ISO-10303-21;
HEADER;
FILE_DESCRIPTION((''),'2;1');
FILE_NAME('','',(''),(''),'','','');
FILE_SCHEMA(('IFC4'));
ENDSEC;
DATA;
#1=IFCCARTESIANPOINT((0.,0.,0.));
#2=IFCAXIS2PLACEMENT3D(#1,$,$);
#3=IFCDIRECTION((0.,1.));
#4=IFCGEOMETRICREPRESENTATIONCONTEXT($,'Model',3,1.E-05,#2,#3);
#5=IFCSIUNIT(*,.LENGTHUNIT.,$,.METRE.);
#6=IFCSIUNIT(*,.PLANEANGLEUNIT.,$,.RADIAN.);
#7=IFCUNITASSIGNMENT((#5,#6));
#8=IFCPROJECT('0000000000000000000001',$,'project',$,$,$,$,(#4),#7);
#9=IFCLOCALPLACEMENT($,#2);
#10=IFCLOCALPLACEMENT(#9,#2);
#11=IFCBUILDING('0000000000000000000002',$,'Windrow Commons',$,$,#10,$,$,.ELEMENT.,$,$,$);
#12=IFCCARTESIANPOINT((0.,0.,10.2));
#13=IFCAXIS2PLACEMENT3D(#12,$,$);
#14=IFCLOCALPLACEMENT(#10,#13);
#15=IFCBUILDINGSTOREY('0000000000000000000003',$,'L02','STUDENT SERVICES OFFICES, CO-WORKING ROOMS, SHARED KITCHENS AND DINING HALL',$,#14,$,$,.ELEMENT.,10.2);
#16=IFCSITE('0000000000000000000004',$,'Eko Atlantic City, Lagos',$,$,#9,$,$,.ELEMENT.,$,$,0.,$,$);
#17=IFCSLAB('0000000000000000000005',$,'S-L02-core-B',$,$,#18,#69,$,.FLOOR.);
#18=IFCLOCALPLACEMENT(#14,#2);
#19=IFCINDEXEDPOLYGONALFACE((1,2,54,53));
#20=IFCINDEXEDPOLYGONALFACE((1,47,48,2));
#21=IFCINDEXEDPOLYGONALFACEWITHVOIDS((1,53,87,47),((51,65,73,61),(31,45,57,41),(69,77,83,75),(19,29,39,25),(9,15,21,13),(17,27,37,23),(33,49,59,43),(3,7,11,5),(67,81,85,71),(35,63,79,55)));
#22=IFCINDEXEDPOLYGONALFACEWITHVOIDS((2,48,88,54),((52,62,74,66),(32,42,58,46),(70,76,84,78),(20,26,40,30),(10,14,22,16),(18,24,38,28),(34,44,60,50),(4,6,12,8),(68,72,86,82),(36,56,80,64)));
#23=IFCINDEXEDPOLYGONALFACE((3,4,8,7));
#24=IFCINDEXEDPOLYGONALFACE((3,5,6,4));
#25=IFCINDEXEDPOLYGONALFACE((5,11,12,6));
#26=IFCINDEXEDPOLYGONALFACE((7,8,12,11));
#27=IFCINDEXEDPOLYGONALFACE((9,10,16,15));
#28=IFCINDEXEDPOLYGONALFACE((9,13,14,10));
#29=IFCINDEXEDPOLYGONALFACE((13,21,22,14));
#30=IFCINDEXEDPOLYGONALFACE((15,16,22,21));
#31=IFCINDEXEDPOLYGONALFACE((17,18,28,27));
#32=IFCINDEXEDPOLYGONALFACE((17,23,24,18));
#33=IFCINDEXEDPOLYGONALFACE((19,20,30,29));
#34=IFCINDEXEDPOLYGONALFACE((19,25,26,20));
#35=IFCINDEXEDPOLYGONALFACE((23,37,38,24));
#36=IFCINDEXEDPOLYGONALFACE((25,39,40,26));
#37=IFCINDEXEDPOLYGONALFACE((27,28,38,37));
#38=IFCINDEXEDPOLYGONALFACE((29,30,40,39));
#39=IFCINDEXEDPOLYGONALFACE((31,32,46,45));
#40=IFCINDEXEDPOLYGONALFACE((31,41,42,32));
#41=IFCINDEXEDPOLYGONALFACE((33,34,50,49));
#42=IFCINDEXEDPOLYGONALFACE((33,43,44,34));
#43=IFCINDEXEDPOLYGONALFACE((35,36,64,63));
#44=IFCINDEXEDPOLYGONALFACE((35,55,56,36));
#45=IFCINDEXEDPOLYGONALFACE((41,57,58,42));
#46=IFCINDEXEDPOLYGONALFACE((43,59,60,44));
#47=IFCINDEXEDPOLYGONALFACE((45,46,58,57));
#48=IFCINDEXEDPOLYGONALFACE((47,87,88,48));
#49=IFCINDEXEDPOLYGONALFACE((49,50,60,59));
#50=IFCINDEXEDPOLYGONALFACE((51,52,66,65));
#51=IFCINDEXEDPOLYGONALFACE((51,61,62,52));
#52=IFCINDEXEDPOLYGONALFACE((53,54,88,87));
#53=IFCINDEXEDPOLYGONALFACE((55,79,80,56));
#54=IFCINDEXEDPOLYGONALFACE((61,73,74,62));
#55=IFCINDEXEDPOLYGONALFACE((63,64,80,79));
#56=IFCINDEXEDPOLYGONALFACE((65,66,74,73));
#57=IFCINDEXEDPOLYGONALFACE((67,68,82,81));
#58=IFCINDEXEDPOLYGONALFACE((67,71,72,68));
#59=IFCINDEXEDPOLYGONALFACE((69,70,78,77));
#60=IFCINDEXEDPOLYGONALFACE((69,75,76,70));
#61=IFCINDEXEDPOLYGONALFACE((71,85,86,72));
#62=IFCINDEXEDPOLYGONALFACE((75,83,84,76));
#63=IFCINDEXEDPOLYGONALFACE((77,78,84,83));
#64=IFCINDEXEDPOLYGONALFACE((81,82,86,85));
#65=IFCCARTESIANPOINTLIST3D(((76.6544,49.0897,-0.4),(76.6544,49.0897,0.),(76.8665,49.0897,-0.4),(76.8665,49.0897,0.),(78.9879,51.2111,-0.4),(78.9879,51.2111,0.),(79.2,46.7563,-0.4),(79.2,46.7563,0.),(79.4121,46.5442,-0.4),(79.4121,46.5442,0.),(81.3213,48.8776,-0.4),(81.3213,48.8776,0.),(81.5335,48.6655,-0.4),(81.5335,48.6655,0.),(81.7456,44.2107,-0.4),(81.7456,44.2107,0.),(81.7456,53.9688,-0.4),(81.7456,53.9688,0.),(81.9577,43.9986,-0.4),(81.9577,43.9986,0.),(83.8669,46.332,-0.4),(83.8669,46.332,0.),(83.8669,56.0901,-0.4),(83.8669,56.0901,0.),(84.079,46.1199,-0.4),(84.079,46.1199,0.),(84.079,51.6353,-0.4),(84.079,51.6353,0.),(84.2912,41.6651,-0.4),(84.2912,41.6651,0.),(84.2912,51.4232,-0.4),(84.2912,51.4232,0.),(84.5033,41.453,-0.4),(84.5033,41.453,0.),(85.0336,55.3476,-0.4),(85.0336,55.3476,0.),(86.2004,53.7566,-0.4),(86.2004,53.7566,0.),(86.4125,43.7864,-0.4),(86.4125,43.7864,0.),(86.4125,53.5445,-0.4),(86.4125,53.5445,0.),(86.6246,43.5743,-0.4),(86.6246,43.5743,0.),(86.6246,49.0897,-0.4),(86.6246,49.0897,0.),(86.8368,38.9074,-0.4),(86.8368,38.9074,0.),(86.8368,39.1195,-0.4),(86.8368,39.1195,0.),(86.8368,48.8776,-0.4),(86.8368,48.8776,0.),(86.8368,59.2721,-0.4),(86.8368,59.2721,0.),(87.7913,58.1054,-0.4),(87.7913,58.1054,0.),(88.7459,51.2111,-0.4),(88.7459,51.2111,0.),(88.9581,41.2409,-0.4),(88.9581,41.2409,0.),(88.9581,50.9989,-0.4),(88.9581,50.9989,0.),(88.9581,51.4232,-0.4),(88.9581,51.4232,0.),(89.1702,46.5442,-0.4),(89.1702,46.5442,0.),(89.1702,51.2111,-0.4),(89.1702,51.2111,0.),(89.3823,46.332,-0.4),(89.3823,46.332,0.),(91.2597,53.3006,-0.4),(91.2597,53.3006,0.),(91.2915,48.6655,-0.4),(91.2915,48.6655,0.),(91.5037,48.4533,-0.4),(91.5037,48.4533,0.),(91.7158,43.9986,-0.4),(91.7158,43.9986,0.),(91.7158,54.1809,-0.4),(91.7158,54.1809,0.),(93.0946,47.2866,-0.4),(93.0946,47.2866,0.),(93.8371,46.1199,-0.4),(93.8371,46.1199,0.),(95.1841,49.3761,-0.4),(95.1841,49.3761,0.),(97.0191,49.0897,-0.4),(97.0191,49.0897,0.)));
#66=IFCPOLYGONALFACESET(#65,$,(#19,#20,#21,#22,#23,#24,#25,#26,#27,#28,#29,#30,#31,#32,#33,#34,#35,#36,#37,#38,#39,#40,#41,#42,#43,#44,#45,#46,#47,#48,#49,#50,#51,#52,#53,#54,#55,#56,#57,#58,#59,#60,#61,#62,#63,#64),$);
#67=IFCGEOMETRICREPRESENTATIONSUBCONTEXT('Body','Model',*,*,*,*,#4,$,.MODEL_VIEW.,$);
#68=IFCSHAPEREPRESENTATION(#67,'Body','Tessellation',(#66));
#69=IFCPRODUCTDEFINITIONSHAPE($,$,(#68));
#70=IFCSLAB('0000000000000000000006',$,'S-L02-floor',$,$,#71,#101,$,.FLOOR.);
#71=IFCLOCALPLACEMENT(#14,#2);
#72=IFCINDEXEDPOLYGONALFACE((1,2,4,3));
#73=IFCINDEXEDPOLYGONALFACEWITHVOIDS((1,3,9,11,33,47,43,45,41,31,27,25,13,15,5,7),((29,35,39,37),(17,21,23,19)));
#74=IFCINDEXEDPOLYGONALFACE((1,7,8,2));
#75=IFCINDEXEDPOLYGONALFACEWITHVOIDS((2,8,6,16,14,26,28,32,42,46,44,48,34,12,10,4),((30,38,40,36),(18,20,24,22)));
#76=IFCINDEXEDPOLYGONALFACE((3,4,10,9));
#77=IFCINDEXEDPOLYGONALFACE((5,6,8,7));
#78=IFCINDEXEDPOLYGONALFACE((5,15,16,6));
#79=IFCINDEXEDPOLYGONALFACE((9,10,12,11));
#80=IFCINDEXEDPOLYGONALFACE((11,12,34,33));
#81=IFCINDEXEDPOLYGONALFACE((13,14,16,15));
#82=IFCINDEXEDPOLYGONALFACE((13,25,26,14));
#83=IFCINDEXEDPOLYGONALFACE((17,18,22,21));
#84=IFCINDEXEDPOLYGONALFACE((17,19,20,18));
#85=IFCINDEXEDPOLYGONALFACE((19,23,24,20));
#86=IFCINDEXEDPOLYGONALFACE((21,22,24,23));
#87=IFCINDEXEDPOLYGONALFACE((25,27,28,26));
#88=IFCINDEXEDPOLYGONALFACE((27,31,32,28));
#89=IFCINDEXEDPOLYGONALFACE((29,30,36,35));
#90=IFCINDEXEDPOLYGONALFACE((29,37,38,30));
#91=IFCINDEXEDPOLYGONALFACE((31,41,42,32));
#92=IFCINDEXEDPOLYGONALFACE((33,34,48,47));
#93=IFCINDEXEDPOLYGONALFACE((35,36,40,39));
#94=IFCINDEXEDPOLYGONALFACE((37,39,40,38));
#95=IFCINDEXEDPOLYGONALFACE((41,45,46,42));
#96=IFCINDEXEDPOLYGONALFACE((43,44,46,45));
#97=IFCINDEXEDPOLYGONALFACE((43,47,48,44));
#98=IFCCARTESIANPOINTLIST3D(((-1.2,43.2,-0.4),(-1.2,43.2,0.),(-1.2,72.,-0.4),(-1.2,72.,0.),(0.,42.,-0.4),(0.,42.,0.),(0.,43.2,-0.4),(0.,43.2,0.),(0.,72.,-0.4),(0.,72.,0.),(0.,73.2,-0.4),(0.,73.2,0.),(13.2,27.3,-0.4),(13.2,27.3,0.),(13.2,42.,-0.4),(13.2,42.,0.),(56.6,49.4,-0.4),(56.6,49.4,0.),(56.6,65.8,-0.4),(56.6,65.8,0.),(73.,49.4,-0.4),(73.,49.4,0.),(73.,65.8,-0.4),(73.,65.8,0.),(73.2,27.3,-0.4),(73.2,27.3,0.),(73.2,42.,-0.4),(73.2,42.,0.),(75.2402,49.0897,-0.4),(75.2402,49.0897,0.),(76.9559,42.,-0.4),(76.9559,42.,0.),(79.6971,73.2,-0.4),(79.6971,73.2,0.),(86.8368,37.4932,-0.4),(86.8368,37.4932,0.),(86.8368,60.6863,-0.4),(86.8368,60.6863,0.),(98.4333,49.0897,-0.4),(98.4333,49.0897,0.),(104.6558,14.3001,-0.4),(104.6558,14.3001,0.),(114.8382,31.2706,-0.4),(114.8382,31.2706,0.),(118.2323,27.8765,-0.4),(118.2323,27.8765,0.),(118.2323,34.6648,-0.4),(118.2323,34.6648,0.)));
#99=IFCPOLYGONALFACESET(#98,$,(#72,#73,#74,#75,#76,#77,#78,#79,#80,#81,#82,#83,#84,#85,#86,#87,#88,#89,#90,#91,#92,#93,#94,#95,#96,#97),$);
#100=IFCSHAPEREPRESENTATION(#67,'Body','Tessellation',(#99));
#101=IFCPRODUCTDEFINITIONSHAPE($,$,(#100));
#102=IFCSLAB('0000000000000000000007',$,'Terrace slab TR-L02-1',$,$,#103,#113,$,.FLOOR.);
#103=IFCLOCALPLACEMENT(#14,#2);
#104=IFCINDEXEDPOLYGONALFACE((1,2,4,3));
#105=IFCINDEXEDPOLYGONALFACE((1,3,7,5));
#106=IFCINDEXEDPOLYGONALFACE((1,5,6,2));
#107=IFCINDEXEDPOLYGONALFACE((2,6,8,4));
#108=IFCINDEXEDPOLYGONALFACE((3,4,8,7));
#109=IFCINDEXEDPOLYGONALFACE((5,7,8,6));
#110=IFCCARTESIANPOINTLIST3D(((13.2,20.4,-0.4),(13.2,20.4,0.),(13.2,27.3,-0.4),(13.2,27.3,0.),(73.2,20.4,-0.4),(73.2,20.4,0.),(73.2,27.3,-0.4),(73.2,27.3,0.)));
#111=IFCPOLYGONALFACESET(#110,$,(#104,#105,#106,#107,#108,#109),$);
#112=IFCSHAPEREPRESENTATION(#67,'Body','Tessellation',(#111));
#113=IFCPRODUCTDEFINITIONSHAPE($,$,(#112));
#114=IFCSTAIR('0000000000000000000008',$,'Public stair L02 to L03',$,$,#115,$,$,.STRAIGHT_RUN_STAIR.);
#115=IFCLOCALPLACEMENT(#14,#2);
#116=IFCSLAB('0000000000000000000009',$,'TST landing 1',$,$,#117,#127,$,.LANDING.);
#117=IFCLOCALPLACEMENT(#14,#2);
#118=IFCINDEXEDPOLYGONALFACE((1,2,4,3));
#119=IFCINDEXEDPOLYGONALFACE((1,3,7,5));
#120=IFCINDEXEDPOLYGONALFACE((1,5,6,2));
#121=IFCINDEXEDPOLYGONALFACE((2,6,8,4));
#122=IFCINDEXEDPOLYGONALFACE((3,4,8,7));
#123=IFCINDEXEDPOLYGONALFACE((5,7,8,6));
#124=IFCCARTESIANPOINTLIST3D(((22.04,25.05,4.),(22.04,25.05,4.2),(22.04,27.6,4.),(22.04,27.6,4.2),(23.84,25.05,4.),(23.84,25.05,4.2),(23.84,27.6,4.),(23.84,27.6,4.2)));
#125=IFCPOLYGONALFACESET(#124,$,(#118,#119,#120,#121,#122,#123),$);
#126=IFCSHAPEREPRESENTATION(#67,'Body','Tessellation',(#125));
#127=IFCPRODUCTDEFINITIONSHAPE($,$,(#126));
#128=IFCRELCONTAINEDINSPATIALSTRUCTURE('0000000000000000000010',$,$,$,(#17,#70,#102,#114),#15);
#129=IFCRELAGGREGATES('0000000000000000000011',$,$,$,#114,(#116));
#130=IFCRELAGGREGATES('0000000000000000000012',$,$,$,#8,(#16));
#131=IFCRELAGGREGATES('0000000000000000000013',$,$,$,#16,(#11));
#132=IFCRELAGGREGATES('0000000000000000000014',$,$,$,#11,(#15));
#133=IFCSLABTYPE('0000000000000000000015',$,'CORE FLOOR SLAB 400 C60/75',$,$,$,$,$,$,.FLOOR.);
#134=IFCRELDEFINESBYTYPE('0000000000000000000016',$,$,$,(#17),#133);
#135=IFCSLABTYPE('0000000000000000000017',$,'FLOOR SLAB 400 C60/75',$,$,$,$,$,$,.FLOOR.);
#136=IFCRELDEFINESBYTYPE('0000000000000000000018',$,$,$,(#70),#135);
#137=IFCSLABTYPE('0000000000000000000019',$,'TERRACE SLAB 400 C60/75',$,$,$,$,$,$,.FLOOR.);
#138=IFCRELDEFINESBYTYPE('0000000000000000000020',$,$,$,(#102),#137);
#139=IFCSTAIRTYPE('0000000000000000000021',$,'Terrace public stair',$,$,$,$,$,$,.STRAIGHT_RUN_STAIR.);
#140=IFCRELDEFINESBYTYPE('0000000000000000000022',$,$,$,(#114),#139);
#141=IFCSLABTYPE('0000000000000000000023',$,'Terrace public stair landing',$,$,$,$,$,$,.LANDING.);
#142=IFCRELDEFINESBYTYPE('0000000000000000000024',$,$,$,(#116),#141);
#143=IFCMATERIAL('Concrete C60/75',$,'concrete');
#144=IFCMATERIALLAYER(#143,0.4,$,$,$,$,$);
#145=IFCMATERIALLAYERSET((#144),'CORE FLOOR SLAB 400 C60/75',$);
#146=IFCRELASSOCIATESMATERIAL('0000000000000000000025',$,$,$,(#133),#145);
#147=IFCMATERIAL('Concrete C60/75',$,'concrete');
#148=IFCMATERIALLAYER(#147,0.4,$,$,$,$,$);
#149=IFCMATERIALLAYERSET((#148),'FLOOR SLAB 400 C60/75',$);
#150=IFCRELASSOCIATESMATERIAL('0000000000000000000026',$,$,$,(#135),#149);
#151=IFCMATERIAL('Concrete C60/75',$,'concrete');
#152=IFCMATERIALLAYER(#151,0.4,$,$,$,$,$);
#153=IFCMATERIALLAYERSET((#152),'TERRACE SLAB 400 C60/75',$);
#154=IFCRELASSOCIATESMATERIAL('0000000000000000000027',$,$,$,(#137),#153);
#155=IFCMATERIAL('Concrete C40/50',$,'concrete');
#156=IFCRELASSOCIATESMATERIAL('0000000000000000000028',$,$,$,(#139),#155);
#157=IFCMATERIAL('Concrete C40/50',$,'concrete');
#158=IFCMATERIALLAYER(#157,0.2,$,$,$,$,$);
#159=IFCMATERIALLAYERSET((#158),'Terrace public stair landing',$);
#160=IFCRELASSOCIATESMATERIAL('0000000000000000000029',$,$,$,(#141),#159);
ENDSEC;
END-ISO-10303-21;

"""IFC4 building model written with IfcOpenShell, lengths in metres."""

from ifc_helpers import new_model, si_unit, direction, frame, origin, place, context, subcontext, project, spatial, polyline, outline, extrude, material, layer, layer_set, type_object, element, aggregate, save


model = new_model("IFC4")

# Units and contexts
model_context = context("Model", 3, precision=1e-05, world=origin(), true_north=direction((0.0, 1.0)))
body_context = subcontext(model_context, "Body", "Model", "MODEL_VIEW")
ifc_project = project(units=[si_unit("LENGTHUNIT", "METRE"), si_unit("PLANEANGLEUNIT", "RADIAN")], contexts=[model_context])

# Site, building, storey
site_placement = place(None, origin())
site = spatial("IfcSite", under=ifc_project, at=site_placement, Name="Eko Atlantic City, Lagos", CompositionType="ELEMENT", RefElevation=0.0)
building_placement = place(site_placement, origin())
building = spatial("IfcBuilding", under=site, at=building_placement, Name="Windrow Commons", CompositionType="ELEMENT")
storey_placement = place(building_placement, frame((0.0, 0.0, 10.2)))
storey = spatial("IfcBuildingStorey", under=building, at=storey_placement, Name="L02", Description="STUDENT SERVICES OFFICES, CO-WORKING ROOMS, SHARED KITCHENS AND DINING HALL", CompositionType="ELEMENT", Elevation=10.2)

# Slabs, openings
ifc_material_1 = material(Name="Concrete C60/75", Category="concrete")
ifc_layer_1 = layer(ifc_material_1, 0.4)
ifc_layer_set_1 = layer_set([ifc_layer_1], Name="CORE FLOOR SLAB 400 C60/75")
slab_type_1 = type_object("IfcSlabType", Name="CORE FLOOR SLAB 400 C60/75", PredefinedType="FLOOR", material=ifc_layer_set_1)
placement_1 = place(storey_placement, frame((0.0, 0.0, -0.4)))
slab_1 = element("IfcSlab", 1, at=placement_1, inside=storey, type_object=slab_type_1, Name="S-L02-core-B", PredefinedType="FLOOR", context=body_context, shape_type="SweptSolid", body=[
    extrude(outline(polyline([(76.6544, 49.0897), (86.8368, 38.9074), (97.0191, 49.0897), (86.8368, 59.2721), (76.6544, 49.0897)]), holes=[polyline([(76.8665, 49.0897), (79.2, 46.7563), (81.3213, 48.8776), (78.9879, 51.2111), (76.8665, 49.0897)]), polyline([(79.4121, 46.5442), (81.7456, 44.2107), (83.8669, 46.332), (81.5335, 48.6655), (79.4121, 46.5442)]), polyline([(81.9577, 43.9986), (84.2912, 41.6651), (86.4125, 43.7864), (84.079, 46.1199), (81.9577, 43.9986)]), polyline([(84.5033, 41.453), (86.8368, 39.1195), (88.9581, 41.2409), (86.6246, 43.5743), (84.5033, 41.453)]), polyline([(81.7456, 53.9688), (84.079, 51.6353), (86.2004, 53.7566), (83.8669, 56.0901), (81.7456, 53.9688)]), polyline([(84.2912, 51.4232), (86.6246, 49.0897), (88.7459, 51.2111), (86.4125, 53.5445), (84.2912, 51.4232)]), polyline([(86.8368, 48.8776), (89.1702, 46.5442), (91.2915, 48.6655), (88.9581, 50.9989), (86.8368, 48.8776)]), polyline([(89.3823, 46.332), (91.7158, 43.9986), (93.8371, 46.1199), (91.5037, 48.4533), (89.3823, 46.332)]), polyline([(85.0336, 55.3476), (88.9581, 51.4232), (91.7158, 54.1809), (87.7913, 58.1054), (85.0336, 55.3476)]), polyline([(89.1702, 51.2111), (93.0946, 47.2866), (95.1841, 49.3761), (91.2597, 53.3006), (89.1702, 51.2111)])]), origin(), (0.0, 0.0, 1.0), 0.4),
])
opening_1_placement = place(placement_1, origin())
element("IfcOpeningElement", 2, at=opening_1_placement, cuts=slab_1, PredefinedType="OPENING", context=body_context, shape_type="SweptSolid", body=[
    extrude(outline(polyline([(76.8736, 49.0897), (78.9879, 51.204), (81.3142, 48.8776), (79.2, 46.7634), (76.8736, 49.0897)])), origin(), (0.0, 0.0, 1.0), 0.4),
])
opening_2_placement = place(placement_1, origin())
element("IfcOpeningElement", 3, at=opening_2_placement, cuts=slab_1, PredefinedType="OPENING", context=body_context, shape_type="SweptSolid", body=[
    extrude(outline(polyline([(79.4192, 46.5442), (81.5335, 48.6584), (83.8598, 46.332), (81.7456, 44.2178), (79.4192, 46.5442)])), origin(), (0.0, 0.0, 1.0), 0.4),
])
opening_3_placement = place(placement_1, origin())
element("IfcOpeningElement", 4, at=opening_3_placement, cuts=slab_1, PredefinedType="OPENING", context=body_context, shape_type="SweptSolid", body=[
    extrude(outline(polyline([(81.9648, 43.9986), (84.079, 46.1128), (86.4054, 43.7864), (84.2912, 41.6722), (81.9648, 43.9986)])), origin(), (0.0, 0.0, 1.0), 0.4),
])
opening_4_placement = place(placement_1, origin())
element("IfcOpeningElement", 5, at=opening_4_placement, cuts=slab_1, PredefinedType="OPENING", context=body_context, shape_type="SweptSolid", body=[
    extrude(outline(polyline([(84.5104, 41.453), (86.6246, 43.5672), (88.951, 41.2409), (86.8368, 39.1266), (84.5104, 41.453)])), origin(), (0.0, 0.0, 1.0), 0.4),
])
opening_5_placement = place(placement_1, origin())
element("IfcOpeningElement", 6, at=opening_5_placement, cuts=slab_1, PredefinedType="OPENING", context=body_context, shape_type="SweptSolid", body=[
    extrude(outline(polyline([(81.7527, 53.9688), (83.8669, 56.083), (86.1933, 53.7566), (84.079, 51.6424), (81.7527, 53.9688)])), origin(), (0.0, 0.0, 1.0), 0.4),
])
opening_6_placement = place(placement_1, origin())
element("IfcOpeningElement", 7, at=opening_6_placement, cuts=slab_1, PredefinedType="OPENING", context=body_context, shape_type="SweptSolid", body=[
    extrude(outline(polyline([(84.2983, 51.4232), (86.4125, 53.5374), (88.7388, 51.2111), (86.6246, 49.0968), (84.2983, 51.4232)])), origin(), (0.0, 0.0, 1.0), 0.4),
])
opening_7_placement = place(placement_1, origin())
element("IfcOpeningElement", 8, at=opening_7_placement, cuts=slab_1, PredefinedType="OPENING", context=body_context, shape_type="SweptSolid", body=[
    extrude(outline(polyline([(86.8439, 48.8776), (88.9581, 50.9918), (91.2844, 48.6655), (89.1702, 46.5513), (86.8439, 48.8776)])), origin(), (0.0, 0.0, 1.0), 0.4),
])
opening_8_placement = place(placement_1, origin())
element("IfcOpeningElement", 9, at=opening_8_placement, cuts=slab_1, PredefinedType="OPENING", context=body_context, shape_type="SweptSolid", body=[
    extrude(outline(polyline([(89.3894, 46.332), (91.5037, 48.4462), (93.83, 46.1199), (91.7158, 44.0057), (89.3894, 46.332)])), origin(), (0.0, 0.0, 1.0), 0.4),
])
opening_9_placement = place(placement_1, origin())
element("IfcOpeningElement", 10, at=opening_9_placement, cuts=slab_1, PredefinedType="OPENING", context=body_context, shape_type="SweptSolid", body=[
    extrude(outline(polyline([(85.0407, 55.3476), (87.7913, 58.0983), (91.7087, 54.1809), (88.9581, 51.4303), (85.0407, 55.3476)])), origin(), (0.0, 0.0, 1.0), 0.4),
])
opening_10_placement = place(placement_1, origin())
element("IfcOpeningElement", 11, at=opening_10_placement, cuts=slab_1, PredefinedType="OPENING", context=body_context, shape_type="SweptSolid", body=[
    extrude(outline(polyline([(89.1773, 51.2111), (91.2597, 53.2935), (95.177, 49.3761), (93.0946, 47.2937), (89.1773, 51.2111)])), origin(), (0.0, 0.0, 1.0), 0.4),
])
ifc_material_2 = material(Name="Concrete C60/75", Category="concrete")
ifc_layer_2 = layer(ifc_material_2, 0.4)
ifc_layer_set_2 = layer_set([ifc_layer_2], Name="FLOOR SLAB 400 C60/75")
slab_type_2 = type_object("IfcSlabType", Name="FLOOR SLAB 400 C60/75", PredefinedType="FLOOR", material=ifc_layer_set_2)
slab_2 = element("IfcSlab", 12, at=placement_1, inside=storey, type_object=slab_type_2, Name="S-L02-floor", PredefinedType="FLOOR", context=body_context, shape_type="SweptSolid", body=[
    extrude(outline(polyline([(73.2, 42.0), (76.9559, 42.0), (104.6558, 14.3001), (118.2323, 27.8765), (114.8382, 31.2706), (118.2323, 34.6648), (79.6971, 73.2), (0.0, 73.2), (0.0, 72.0), (-1.2, 72.0), (-1.2, 43.2), (0.0, 43.2), (0.0, 42.0), (13.2, 42.0), (13.2, 27.3), (73.2, 27.3), (73.2, 42.0)]), holes=[polyline([(75.2402, 49.0897), (86.8368, 60.6863), (98.4333, 49.0897), (86.8368, 37.4932), (75.2402, 49.0897)]), polyline([(56.6, 49.4), (56.6, 65.8), (73.0, 65.8), (73.0, 49.4), (56.6, 49.4)])]), origin(), (0.0, 0.0, 1.0), 0.4),
])
opening_11_placement = place(placement_1, origin())
element("IfcOpeningElement", 13, at=opening_11_placement, cuts=slab_2, PredefinedType="OPENING", context=body_context, shape_type="SweptSolid", body=[
    extrude(outline(polyline([(75.2473, 49.0897), (86.8368, 60.6792), (98.4262, 49.0897), (86.8368, 37.5003), (75.2473, 49.0897)])), origin(), (0.0, 0.0, 1.0), 0.4),
])
opening_12_placement = place(placement_1, origin())
element("IfcOpeningElement", 14, at=opening_12_placement, cuts=slab_2, PredefinedType="OPENING", context=body_context, shape_type="SweptSolid", body=[
    extrude(outline(polyline([(56.605, 49.405), (56.605, 65.795), (72.995, 65.795), (72.995, 49.405), (56.605, 49.405)])), origin(), (0.0, 0.0, 1.0), 0.4),
])

# Slab
ifc_material_3 = material(Name="Concrete C60/75", Category="concrete")
ifc_layer_3 = layer(ifc_material_3, 0.4)
ifc_layer_set_3 = layer_set([ifc_layer_3], Name="TERRACE SLAB 400 C60/75")
slab_type_3 = type_object("IfcSlabType", Name="TERRACE SLAB 400 C60/75", PredefinedType="FLOOR", material=ifc_layer_set_3)
element("IfcSlab", 15, at=placement_1, inside=storey, type_object=slab_type_3, Name="Terrace slab TR-L02-1", PredefinedType="FLOOR", context=body_context, shape_type="SweptSolid", body=[
    extrude(outline(polyline([(13.2, 20.4), (73.2, 20.4), (73.2, 27.3), (13.2, 27.3), (13.2, 20.4)])), origin(), (0.0, 0.0, 1.0), 0.4),
])

# Stair, slab
ifc_material_4 = material(Name="Concrete C40/50", Category="concrete")
stair_type = type_object("IfcStairType", Name="Terrace public stair", PredefinedType="STRAIGHT_RUN_STAIR", material=ifc_material_4)
placement_2 = place(storey_placement, origin())
stair = element("IfcStair", 16, at=placement_2, inside=storey, type_object=stair_type, Name="Public stair L02 to L03", PredefinedType="STRAIGHT_RUN_STAIR")
ifc_material_5 = material(Name="Concrete C40/50", Category="concrete")
ifc_layer_4 = layer(ifc_material_5, 0.2)
ifc_layer_set_4 = layer_set([ifc_layer_4], Name="Terrace public stair landing")
slab_type_4 = type_object("IfcSlabType", Name="Terrace public stair landing", PredefinedType="LANDING", material=ifc_layer_set_4)
slab_3_placement = place(storey_placement, frame((0.0, 0.0, 4.0)))
slab_3 = element("IfcSlab", 17, at=slab_3_placement, type_object=slab_type_4, Name="TST landing 1", PredefinedType="LANDING", context=body_context, shape_type="SweptSolid", body=[
    extrude(outline(polyline([(22.04, 27.6), (23.84, 27.6), (23.84, 25.05), (22.04, 25.05), (22.04, 27.6)])), origin(), (0.0, 0.0, 1.0), 0.2),
])
aggregate(stair, [slab_3])

save(model, "model.ifc")
